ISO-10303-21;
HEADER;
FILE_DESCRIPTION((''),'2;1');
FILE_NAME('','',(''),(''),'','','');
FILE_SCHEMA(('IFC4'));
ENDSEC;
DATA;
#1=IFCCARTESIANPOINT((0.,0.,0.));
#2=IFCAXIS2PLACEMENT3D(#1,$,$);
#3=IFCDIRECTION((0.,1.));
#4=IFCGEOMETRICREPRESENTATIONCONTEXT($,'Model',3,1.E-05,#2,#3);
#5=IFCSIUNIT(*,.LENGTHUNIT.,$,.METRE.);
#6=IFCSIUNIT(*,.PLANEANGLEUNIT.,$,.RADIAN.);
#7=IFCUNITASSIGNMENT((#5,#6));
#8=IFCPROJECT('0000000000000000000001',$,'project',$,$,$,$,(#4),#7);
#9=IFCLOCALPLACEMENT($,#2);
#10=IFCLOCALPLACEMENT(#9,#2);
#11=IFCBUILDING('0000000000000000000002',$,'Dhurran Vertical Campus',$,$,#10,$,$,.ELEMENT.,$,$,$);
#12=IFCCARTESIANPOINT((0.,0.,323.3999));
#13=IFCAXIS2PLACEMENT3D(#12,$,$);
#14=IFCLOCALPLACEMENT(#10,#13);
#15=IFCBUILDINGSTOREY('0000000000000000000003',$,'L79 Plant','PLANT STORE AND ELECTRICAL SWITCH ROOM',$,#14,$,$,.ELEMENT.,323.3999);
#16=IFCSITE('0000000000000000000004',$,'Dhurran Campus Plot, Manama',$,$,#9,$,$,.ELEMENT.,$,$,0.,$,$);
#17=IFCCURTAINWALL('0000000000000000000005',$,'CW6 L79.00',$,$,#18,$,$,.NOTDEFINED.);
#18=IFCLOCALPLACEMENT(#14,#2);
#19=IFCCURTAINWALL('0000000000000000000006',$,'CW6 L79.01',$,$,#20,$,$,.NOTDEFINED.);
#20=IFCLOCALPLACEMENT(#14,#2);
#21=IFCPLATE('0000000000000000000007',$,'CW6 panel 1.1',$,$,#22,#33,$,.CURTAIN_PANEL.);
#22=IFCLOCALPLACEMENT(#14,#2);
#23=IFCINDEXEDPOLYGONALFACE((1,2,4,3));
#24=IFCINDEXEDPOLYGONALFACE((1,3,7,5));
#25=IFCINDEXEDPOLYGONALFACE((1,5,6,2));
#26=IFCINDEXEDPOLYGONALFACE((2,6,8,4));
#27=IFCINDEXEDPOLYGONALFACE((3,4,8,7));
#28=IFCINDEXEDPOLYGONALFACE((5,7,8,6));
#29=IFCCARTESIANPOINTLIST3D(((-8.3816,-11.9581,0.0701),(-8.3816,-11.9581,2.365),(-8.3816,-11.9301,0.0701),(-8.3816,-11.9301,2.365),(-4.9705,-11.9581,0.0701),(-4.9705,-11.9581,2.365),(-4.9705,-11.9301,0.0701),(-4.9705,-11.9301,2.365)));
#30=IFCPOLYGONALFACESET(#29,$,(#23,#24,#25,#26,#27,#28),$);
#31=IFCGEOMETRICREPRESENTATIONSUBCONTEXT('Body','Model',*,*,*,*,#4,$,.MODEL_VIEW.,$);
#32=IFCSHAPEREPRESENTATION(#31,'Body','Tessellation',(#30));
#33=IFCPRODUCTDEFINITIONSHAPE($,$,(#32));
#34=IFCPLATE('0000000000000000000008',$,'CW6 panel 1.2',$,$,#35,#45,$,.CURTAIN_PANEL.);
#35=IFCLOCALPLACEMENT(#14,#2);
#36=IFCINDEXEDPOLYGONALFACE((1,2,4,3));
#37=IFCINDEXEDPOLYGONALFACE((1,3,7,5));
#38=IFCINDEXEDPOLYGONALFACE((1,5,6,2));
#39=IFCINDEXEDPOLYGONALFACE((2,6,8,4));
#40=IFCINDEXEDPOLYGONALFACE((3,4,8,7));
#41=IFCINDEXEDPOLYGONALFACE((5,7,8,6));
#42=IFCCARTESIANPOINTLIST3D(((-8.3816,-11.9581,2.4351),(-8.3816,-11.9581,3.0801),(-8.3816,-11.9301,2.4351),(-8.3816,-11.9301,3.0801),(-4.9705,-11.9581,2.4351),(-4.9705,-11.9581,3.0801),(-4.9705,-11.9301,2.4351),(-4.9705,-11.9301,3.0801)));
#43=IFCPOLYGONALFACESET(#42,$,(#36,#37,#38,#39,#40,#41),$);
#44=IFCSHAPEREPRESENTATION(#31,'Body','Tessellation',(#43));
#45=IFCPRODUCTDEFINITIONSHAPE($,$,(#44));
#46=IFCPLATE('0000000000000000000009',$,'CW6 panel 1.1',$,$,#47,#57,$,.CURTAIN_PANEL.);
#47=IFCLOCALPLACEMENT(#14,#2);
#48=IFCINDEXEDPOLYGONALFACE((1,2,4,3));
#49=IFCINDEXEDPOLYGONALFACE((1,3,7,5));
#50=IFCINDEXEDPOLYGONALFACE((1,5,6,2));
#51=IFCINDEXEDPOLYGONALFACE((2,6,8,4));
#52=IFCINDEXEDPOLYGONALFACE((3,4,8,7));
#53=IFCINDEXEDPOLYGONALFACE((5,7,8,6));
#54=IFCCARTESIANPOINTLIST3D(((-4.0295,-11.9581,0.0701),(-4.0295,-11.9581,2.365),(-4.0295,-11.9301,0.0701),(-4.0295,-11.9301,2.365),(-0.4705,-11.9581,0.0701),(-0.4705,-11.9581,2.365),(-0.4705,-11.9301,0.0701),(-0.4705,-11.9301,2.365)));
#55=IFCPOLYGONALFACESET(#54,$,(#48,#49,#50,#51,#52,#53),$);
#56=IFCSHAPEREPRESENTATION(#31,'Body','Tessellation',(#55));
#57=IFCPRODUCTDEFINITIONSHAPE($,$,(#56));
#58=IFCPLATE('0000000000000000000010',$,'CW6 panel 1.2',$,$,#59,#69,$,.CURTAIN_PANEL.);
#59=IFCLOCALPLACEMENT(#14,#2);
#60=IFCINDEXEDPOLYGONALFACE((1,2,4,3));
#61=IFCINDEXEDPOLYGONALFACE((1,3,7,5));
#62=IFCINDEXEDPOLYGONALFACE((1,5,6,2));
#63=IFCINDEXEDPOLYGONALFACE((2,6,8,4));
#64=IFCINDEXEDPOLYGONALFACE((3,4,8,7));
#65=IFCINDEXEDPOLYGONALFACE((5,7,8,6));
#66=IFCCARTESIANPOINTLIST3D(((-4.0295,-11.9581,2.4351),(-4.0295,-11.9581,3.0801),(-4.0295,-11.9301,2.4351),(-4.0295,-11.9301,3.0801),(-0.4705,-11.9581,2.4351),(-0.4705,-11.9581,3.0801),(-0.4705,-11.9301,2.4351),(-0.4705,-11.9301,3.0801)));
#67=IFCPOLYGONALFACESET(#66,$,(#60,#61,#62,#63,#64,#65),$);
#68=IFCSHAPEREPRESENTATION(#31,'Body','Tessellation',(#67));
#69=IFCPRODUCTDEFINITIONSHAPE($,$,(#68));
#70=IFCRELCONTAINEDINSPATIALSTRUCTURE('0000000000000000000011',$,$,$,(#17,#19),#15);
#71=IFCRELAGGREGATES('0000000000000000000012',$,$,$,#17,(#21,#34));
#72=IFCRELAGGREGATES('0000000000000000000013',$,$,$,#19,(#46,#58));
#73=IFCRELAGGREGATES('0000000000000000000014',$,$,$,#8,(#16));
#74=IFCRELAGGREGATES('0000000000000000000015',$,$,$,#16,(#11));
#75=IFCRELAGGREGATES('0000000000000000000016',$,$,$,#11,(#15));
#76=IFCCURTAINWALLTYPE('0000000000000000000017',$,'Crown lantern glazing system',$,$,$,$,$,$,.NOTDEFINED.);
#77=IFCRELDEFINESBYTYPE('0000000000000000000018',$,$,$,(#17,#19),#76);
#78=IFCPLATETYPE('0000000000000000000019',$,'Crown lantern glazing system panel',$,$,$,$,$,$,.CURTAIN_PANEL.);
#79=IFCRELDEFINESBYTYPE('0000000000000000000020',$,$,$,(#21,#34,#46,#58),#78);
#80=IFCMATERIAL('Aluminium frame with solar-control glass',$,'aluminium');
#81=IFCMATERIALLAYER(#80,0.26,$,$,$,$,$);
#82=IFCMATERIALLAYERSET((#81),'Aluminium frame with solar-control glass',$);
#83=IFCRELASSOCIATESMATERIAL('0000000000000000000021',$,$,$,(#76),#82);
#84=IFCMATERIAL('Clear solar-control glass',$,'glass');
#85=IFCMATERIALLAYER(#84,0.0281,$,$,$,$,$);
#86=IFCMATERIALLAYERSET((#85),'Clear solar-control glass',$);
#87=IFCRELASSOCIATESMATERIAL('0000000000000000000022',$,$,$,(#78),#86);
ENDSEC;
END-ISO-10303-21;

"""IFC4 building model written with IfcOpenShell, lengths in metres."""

from ifc_helpers import new_model, si_unit, direction, frame, origin, origin_2d, place, context, subcontext, project, spatial, rectangle, extrude, material, layer, layer_set, type_object, element, aggregate, save


model = new_model("IFC4")

# Units and contexts
model_context = context("Model", 3, precision=1e-05, world=origin(), true_north=direction((0.0, 1.0)))
body_context = subcontext(model_context, "Body", "Model", "MODEL_VIEW")
ifc_project = project(units=[si_unit("LENGTHUNIT", "METRE"), si_unit("PLANEANGLEUNIT", "RADIAN")], contexts=[model_context])

# Site, building, storey
site_placement = place(None, origin())
site = spatial("IfcSite", under=ifc_project, at=site_placement, Name="Dhurran Campus Plot, Manama", CompositionType="ELEMENT", RefElevation=0.0)
building_placement = place(site_placement, origin())
building = spatial("IfcBuilding", under=site, at=building_placement, Name="Dhurran Vertical Campus", CompositionType="ELEMENT")
storey_placement = place(building_placement, frame((0.0, 0.0, 323.3999)))
storey = spatial("IfcBuildingStorey", under=building, at=storey_placement, Name="L79 Plant", Description="PLANT STORE AND ELECTRICAL SWITCH ROOM", CompositionType="ELEMENT", Elevation=323.3999)

# Curtain walls
ifc_material_1 = material(Name="Aluminium frame with solar-control glass", Category="aluminium")
ifc_layer_1 = layer(ifc_material_1, 0.26)
ifc_layer_set_1 = layer_set([ifc_layer_1], Name="Aluminium frame with solar-control glass")
curtain_wall_type = type_object("IfcCurtainWallType", Name="Crown lantern glazing system", PredefinedType="NOTDEFINED", material=ifc_layer_set_1)
curtain_wall_1_placement = place(storey_placement, origin())
curtain_wall_1 = element("IfcCurtainWall", 1, at=curtain_wall_1_placement, inside=storey, type_object=curtain_wall_type, Name="CW6 L79.00", PredefinedType="NOTDEFINED")
curtain_wall_2_placement = place(storey_placement, origin())
curtain_wall_2 = element("IfcCurtainWall", 2, at=curtain_wall_2_placement, inside=storey, type_object=curtain_wall_type, Name="CW6 L79.01", PredefinedType="NOTDEFINED")

# Plates
ifc_material_2 = material(Name="Clear solar-control glass", Category="glass")
ifc_layer_2 = layer(ifc_material_2, 0.0281)
ifc_layer_set_2 = layer_set([ifc_layer_2], Name="Clear solar-control glass")
plate_type = type_object("IfcPlateType", Name="Crown lantern glazing system panel", PredefinedType="CURTAIN_PANEL", material=ifc_layer_set_2)
plate_1_placement = place(storey_placement, frame((-6.676, -11.9441, 0.0701), z_axis=(0.0, 0.0, 1.0), x_axis=(1.0, 0.0, 0.0)))
plate_1 = element("IfcPlate", 3, at=plate_1_placement, type_object=plate_type, Name="CW6 panel 1.1", PredefinedType="CURTAIN_PANEL", context=body_context, shape_type="SweptSolid", body=[
    extrude(rectangle(XDim=3.4111, YDim=0.0281, at=origin_2d()), origin(), (0.0, 0.0, 1.0), 2.2949),
])
plate_2_placement = place(storey_placement, frame((-6.676, -11.9441, 2.4351), z_axis=(0.0, 0.0, 1.0), x_axis=(1.0, 0.0, 0.0)))
plate_2 = element("IfcPlate", 4, at=plate_2_placement, type_object=plate_type, Name="CW6 panel 1.2", PredefinedType="CURTAIN_PANEL", context=body_context, shape_type="SweptSolid", body=[
    extrude(rectangle(XDim=3.4111, YDim=0.0281, at=origin_2d()), origin(), (0.0, 0.0, 1.0), 0.645),
])
aggregate(curtain_wall_1, [plate_1, plate_2])
plate_3_placement = place(storey_placement, frame((-2.25, -11.9441, 0.0701), z_axis=(0.0, 0.0, 1.0), x_axis=(1.0, 0.0, 0.0)))
plate_3 = element("IfcPlate", 5, at=plate_3_placement, type_object=plate_type, Name="CW6 panel 1.1", PredefinedType="CURTAIN_PANEL", context=body_context, shape_type="SweptSolid", body=[
    extrude(rectangle(XDim=3.5591, YDim=0.0281, at=origin_2d()), origin(), (0.0, 0.0, 1.0), 2.2949),
])
plate_4_placement = place(storey_placement, frame((-2.25, -11.9441, 2.4351), z_axis=(0.0, 0.0, 1.0), x_axis=(1.0, 0.0, 0.0)))
plate_4 = element("IfcPlate", 6, at=plate_4_placement, type_object=plate_type, Name="CW6 panel 1.2", PredefinedType="CURTAIN_PANEL", context=body_context, shape_type="SweptSolid", body=[
    extrude(rectangle(XDim=3.5591, YDim=0.0281, at=origin_2d()), origin(), (0.0, 0.0, 1.0), 0.645),
])
aggregate(curtain_wall_2, [plate_3, plate_4])

save(model, "model.ifc")
